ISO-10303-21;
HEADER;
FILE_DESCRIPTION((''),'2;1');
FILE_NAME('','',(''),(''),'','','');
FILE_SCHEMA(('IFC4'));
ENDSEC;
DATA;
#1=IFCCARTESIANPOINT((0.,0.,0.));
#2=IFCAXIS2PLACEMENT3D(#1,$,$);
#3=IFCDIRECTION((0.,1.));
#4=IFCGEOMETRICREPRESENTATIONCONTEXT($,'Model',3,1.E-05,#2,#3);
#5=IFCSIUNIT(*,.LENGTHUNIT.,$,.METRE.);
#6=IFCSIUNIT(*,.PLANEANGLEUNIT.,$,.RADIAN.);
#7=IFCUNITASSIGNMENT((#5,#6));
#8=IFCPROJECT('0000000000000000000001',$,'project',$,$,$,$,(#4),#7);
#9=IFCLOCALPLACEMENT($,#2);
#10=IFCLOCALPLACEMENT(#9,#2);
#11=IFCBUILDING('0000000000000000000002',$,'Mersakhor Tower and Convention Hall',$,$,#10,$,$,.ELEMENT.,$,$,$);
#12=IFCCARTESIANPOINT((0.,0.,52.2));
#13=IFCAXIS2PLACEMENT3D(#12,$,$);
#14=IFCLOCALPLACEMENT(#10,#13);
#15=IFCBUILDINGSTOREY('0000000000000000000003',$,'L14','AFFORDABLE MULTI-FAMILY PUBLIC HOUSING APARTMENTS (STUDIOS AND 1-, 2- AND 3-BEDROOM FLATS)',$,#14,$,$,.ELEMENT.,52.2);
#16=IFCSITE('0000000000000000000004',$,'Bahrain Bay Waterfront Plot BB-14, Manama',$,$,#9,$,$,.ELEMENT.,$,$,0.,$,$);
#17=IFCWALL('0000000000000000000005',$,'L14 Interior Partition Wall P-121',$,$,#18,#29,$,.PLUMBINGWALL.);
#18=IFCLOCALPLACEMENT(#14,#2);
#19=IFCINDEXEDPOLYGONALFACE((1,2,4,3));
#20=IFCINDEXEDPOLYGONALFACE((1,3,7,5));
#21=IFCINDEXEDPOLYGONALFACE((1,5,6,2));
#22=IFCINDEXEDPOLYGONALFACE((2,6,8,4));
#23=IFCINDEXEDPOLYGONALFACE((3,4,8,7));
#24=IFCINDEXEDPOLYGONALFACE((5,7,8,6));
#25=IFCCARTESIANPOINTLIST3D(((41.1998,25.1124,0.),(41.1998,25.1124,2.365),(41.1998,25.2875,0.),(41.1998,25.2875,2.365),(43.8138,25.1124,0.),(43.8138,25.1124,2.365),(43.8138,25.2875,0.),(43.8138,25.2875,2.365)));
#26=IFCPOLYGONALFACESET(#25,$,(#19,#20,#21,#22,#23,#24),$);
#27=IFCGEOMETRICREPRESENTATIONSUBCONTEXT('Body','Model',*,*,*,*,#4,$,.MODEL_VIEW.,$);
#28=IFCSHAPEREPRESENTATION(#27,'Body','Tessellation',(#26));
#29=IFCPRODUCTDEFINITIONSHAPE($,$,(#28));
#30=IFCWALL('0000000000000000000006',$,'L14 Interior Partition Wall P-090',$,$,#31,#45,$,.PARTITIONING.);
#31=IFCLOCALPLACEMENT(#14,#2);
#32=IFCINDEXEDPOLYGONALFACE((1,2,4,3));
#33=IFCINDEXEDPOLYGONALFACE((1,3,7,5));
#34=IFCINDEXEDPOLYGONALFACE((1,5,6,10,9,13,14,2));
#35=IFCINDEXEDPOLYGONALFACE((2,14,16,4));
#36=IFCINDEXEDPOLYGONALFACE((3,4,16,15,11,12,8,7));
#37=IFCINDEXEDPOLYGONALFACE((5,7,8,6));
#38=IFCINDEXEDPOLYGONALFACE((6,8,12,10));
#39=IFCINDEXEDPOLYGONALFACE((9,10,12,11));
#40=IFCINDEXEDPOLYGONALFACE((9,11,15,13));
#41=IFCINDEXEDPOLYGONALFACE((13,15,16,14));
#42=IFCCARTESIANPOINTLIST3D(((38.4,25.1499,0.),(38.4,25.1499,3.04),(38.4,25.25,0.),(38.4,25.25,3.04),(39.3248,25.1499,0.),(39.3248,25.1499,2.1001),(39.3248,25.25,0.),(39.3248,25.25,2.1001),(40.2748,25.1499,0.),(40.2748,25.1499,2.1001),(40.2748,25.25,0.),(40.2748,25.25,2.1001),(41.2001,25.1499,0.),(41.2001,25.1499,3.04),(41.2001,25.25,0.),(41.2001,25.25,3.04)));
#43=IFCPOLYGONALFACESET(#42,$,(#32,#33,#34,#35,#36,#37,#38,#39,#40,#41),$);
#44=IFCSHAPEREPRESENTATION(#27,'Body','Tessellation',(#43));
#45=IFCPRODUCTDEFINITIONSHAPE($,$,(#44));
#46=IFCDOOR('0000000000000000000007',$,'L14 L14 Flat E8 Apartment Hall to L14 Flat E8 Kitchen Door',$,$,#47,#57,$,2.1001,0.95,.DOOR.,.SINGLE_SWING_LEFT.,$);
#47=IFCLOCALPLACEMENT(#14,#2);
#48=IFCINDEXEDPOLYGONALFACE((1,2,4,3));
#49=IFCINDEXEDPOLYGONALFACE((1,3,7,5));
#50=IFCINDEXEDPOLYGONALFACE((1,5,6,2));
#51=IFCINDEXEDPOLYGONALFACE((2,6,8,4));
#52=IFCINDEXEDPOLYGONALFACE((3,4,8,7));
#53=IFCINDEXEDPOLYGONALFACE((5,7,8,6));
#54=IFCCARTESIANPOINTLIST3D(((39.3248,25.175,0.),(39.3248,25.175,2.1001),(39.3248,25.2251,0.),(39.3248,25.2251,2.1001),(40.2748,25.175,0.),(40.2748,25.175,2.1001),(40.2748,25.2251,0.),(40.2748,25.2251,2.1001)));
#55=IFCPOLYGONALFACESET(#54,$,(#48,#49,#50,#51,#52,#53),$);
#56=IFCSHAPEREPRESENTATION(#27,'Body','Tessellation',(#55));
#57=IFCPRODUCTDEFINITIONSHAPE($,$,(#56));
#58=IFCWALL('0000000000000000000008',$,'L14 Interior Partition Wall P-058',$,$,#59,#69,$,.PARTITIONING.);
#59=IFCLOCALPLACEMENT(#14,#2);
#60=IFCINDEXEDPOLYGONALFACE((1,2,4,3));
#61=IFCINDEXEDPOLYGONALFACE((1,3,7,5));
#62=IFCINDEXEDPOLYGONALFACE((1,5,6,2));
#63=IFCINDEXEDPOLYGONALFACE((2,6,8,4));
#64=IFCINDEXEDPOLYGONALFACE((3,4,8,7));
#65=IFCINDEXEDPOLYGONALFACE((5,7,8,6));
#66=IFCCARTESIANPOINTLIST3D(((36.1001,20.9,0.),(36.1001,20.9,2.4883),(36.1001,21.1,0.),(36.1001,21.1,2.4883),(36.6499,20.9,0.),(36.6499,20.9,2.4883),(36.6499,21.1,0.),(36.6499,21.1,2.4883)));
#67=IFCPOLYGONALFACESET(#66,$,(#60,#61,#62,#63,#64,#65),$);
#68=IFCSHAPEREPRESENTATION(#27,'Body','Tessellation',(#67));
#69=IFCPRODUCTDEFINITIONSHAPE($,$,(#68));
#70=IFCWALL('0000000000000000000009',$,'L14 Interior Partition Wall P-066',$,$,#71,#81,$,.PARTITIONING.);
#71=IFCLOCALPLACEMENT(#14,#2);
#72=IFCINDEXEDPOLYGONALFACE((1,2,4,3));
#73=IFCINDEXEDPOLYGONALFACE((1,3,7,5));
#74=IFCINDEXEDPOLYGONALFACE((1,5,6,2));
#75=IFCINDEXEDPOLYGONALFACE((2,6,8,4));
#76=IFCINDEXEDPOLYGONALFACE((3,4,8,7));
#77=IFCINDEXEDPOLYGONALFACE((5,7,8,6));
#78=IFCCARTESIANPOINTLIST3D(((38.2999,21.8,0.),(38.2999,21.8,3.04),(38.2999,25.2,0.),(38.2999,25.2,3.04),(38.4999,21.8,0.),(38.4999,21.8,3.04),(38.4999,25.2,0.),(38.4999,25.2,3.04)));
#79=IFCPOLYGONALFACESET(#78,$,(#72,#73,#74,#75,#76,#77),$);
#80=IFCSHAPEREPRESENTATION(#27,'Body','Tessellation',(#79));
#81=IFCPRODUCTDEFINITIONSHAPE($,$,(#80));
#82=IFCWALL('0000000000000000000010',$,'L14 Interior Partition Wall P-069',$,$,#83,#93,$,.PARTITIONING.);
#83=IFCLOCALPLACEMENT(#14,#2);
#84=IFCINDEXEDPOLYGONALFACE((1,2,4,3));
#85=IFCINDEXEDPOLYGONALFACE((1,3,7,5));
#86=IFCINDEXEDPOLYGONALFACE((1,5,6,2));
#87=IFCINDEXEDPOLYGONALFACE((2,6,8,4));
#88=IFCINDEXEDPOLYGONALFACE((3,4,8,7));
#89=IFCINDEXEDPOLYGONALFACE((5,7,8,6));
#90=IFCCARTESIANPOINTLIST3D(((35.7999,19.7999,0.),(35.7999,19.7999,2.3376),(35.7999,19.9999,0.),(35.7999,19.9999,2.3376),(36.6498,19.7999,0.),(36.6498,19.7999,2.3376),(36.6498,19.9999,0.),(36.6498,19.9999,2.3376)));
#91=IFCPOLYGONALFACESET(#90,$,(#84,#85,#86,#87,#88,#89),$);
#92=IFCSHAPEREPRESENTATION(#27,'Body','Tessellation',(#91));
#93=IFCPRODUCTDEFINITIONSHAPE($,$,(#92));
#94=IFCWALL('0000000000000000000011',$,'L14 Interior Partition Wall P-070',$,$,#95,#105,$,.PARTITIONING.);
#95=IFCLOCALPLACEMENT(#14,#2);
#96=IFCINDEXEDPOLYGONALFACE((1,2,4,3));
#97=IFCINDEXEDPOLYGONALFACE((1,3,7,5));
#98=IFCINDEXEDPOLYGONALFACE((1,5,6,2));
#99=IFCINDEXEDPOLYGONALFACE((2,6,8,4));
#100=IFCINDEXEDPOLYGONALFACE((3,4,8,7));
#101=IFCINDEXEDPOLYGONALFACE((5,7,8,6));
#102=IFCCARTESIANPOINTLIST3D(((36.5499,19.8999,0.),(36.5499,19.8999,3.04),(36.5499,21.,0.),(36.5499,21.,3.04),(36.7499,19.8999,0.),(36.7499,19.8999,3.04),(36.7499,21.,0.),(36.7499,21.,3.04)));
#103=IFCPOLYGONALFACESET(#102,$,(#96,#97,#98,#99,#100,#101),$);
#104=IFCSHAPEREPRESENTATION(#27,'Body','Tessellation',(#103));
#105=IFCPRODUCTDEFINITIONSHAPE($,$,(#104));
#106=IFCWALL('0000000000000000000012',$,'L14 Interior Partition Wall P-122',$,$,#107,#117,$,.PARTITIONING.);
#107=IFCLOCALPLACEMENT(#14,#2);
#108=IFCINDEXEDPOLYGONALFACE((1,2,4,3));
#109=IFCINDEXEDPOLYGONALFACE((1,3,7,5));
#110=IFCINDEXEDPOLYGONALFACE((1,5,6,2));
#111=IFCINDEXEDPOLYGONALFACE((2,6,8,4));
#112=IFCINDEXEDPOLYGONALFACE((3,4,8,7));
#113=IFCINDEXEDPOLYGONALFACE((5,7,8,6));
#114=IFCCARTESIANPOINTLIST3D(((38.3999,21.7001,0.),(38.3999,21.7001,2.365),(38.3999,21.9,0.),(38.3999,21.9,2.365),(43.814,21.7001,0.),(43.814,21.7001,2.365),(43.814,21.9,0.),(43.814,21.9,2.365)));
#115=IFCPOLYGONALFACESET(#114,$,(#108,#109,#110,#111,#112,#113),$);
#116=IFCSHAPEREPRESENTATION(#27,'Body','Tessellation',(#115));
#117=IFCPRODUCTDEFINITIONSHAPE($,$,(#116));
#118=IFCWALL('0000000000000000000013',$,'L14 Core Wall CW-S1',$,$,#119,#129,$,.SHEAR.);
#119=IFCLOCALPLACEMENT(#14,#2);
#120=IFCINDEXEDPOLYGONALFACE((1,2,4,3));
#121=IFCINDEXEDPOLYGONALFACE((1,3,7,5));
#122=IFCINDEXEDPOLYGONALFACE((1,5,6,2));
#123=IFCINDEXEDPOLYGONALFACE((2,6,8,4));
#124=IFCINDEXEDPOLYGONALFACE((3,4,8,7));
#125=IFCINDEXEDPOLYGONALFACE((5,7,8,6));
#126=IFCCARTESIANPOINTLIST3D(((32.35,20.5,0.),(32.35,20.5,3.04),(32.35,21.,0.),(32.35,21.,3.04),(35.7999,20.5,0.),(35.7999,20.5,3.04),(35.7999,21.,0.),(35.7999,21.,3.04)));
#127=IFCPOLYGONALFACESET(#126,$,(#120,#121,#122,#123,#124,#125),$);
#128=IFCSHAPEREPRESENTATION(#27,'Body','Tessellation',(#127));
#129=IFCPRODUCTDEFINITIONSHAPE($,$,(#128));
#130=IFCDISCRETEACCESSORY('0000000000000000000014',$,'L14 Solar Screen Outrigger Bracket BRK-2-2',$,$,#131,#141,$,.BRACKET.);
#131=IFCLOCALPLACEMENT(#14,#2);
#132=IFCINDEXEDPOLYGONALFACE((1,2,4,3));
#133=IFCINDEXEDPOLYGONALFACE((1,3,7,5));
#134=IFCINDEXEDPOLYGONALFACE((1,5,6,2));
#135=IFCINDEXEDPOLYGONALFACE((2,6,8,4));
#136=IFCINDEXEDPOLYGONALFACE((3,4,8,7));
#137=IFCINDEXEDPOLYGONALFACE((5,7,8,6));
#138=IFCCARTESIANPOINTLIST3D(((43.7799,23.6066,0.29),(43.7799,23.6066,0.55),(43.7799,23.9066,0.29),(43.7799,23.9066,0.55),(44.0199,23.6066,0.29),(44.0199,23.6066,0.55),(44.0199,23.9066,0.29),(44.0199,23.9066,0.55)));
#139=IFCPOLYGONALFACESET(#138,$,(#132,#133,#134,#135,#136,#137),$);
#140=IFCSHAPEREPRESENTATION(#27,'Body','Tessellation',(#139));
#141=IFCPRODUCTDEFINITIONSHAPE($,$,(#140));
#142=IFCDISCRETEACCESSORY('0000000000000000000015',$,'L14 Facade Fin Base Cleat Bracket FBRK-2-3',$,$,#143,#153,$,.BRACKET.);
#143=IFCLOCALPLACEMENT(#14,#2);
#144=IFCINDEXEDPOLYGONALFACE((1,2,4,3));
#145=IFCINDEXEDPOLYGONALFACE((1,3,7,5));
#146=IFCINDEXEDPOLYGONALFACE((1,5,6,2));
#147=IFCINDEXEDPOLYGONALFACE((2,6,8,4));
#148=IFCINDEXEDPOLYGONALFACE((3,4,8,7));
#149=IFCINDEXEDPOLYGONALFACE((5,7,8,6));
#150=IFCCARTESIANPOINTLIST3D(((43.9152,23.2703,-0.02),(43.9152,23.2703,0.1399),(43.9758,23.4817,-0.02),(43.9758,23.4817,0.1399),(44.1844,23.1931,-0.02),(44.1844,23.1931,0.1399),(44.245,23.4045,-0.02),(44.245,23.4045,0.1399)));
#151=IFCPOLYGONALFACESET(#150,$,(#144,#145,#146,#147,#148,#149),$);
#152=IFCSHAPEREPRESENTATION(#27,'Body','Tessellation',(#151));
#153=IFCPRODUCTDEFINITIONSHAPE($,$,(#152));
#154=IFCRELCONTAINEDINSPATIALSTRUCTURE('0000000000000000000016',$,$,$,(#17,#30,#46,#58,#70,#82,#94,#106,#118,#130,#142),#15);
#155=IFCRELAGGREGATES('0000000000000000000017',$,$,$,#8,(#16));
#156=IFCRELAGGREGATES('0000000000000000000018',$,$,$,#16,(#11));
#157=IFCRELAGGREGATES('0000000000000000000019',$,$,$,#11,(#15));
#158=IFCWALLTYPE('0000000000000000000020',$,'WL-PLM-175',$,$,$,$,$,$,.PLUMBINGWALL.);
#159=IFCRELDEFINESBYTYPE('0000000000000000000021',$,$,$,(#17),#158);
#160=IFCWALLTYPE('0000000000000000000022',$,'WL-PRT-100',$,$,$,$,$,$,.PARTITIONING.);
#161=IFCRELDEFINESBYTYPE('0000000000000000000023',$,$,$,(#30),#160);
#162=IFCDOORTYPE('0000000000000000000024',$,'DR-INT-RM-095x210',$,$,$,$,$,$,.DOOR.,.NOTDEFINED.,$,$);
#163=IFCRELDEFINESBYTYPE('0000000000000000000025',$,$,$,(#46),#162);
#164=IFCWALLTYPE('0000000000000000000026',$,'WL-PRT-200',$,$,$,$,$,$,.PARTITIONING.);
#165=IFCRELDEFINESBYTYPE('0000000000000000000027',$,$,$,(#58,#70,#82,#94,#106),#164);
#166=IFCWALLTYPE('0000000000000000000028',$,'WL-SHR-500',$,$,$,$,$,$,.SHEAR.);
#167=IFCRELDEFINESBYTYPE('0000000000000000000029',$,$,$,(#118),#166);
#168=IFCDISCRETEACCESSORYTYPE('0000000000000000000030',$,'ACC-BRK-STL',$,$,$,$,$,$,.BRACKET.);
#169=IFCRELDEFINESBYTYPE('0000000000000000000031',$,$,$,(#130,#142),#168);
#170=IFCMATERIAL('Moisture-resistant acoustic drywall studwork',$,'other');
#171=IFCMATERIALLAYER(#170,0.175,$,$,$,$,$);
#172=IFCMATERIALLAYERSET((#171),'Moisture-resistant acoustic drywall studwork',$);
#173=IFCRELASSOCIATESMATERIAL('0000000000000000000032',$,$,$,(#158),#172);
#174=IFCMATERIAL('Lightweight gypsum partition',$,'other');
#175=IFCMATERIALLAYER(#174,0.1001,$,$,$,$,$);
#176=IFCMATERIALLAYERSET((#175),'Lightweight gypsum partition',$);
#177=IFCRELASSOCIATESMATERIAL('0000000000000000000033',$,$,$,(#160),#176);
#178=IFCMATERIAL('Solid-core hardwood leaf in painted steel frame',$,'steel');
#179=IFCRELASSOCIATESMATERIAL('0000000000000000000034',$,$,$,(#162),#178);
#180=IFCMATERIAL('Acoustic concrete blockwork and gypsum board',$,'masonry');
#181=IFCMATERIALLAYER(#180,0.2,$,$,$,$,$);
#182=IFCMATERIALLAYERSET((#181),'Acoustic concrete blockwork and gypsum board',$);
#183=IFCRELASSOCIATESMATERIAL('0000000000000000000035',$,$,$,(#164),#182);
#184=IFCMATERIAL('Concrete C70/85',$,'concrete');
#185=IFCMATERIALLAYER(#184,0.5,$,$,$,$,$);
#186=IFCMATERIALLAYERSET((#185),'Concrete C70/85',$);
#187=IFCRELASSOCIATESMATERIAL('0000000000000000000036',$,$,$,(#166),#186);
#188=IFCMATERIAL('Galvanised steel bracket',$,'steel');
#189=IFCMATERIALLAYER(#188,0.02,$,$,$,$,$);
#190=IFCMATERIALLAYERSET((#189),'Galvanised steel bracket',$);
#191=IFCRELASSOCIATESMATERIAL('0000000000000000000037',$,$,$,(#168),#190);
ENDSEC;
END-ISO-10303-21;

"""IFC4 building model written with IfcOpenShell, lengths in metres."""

from ifc_helpers import new_model, si_unit, direction, frame, frame_2d, origin, origin_2d, place, context, subcontext, project, spatial, rectangle, extrude, material, layer, layer_set, type_object, element, fill, save


model = new_model("IFC4")

# Units and contexts
model_context = context("Model", 3, precision=1e-05, world=origin(), true_north=direction((0.0, 1.0)))
body_context = subcontext(model_context, "Body", "Model", "MODEL_VIEW")
ifc_project = project(units=[si_unit("LENGTHUNIT", "METRE"), si_unit("PLANEANGLEUNIT", "RADIAN")], contexts=[model_context])

# Site, building, storey
site_placement = place(None, origin())
site = spatial("IfcSite", under=ifc_project, at=site_placement, Name="Bahrain Bay Waterfront Plot BB-14, Manama", CompositionType="ELEMENT", RefElevation=0.0)
building_placement = place(site_placement, origin())
building = spatial("IfcBuilding", under=site, at=building_placement, Name="Mersakhor Tower and Convention Hall", CompositionType="ELEMENT")
storey_placement = place(building_placement, frame((0.0, 0.0, 52.2)))
storey = spatial("IfcBuildingStorey", under=building, at=storey_placement, Name="L14", Description="AFFORDABLE MULTI-FAMILY PUBLIC HOUSING APARTMENTS (STUDIOS AND 1-, 2- AND 3-BEDROOM FLATS)", CompositionType="ELEMENT", Elevation=52.2)

# Wall
ifc_material_1 = material(Name="Moisture-resistant acoustic drywall studwork", Category="other")
ifc_layer_1 = layer(ifc_material_1, 0.175)
ifc_layer_set_1 = layer_set([ifc_layer_1], Name="Moisture-resistant acoustic drywall studwork")
wall_type_1 = type_object("IfcWallType", Name="WL-PLM-175", PredefinedType="PLUMBINGWALL", material=ifc_layer_set_1)
wall_1_placement = place(storey_placement, frame((43.814, 25.2, 0.0), z_axis=(0.0, 0.0, 1.0), x_axis=(-1.0, 0.0, 0.0)))
element("IfcWall", 1, at=wall_1_placement, inside=storey, type_object=wall_type_1, Name="L14 Interior Partition Wall P-121", PredefinedType="PLUMBINGWALL", context=body_context, shape_type="SweptSolid", body=[
    extrude(rectangle(XDim=2.614, YDim=0.175, at=frame_2d((1.3071, 0.0))), origin(), (0.0, 0.0, 1.0), 2.365),
])

# Wall, opening, door
ifc_material_2 = material(Name="Lightweight gypsum partition", Category="other")
ifc_layer_2 = layer(ifc_material_2, 0.1001)
ifc_layer_set_2 = layer_set([ifc_layer_2], Name="Lightweight gypsum partition")
wall_type_2 = type_object("IfcWallType", Name="WL-PRT-100", PredefinedType="PARTITIONING", material=ifc_layer_set_2)
wall_2_placement = place(storey_placement, frame((41.2, 25.2, 0.0), z_axis=(0.0, 0.0, 1.0), x_axis=(-1.0, 0.0, 0.0)))
wall_2 = element("IfcWall", 2, at=wall_2_placement, inside=storey, type_object=wall_type_2, Name="L14 Interior Partition Wall P-090", PredefinedType="PARTITIONING", context=body_context, shape_type="SweptSolid", body=[
    extrude(rectangle(XDim=2.8, YDim=0.1001, at=frame_2d((1.3999, 0.0))), origin(), (0.0, 0.0, 1.0), 3.04),
])
opening_1_placement = place(wall_2_placement, frame((0.925, 0.0, 0.0)))
opening_1 = element("IfcOpeningElement", 3, at=opening_1_placement, cuts=wall_2, PredefinedType="OPENING", context=body_context, shape_type="SweptSolid", body=[
    extrude(rectangle(XDim=0.95, YDim=2.1001, at=frame_2d((0.4751, 1.05))), frame((0.0, 0.0601, 0.0), z_axis=(0.0, -1.0, 0.0), x_axis=(1.0, 0.0, 0.0)), (0.0, 0.0, 1.0), 0.1201),
])
ifc_material_3 = material(Name="Solid-core hardwood leaf in painted steel frame", Category="steel")
door_type_1 = type_object("IfcDoorType", Name="DR-INT-RM-095x210", OperationType="NOTDEFINED", PredefinedType="DOOR", material=ifc_material_3)
door_1_placement = place(opening_1_placement, origin())
door_1 = element("IfcDoor", 4, at=door_1_placement, inside=storey, type_object=door_type_1, Name="L14 L14 Flat E8 Apartment Hall to L14 Flat E8 Kitchen Door", OperationType="SINGLE_SWING_LEFT", OverallHeight=2.1001, OverallWidth=0.95, PredefinedType="DOOR", context=body_context, shape_type="SweptSolid", body=[
    extrude(rectangle(XDim=0.95, YDim=2.1001, at=frame_2d((0.4751, 1.05))), frame((0.0, 0.0249, 0.0), z_axis=(0.0, -1.0, 0.0), x_axis=(1.0, 0.0, 0.0)), (0.0, 0.0, 1.0), 0.05),
])
fill(opening_1, door_1)
ifc_material_4 = material(Name="Acoustic concrete blockwork and gypsum board", Category="masonry")
ifc_layer_3 = layer(ifc_material_4, 0.2)
ifc_layer_set_3 = layer_set([ifc_layer_3], Name="Acoustic concrete blockwork and gypsum board")
wall_type_3 = type_object("IfcWallType", Name="WL-PRT-200", PredefinedType="PARTITIONING", material=ifc_layer_set_3)

# Walls
wall_3_placement = place(storey_placement, frame((36.6499, 21.0, 0.0), z_axis=(0.0, 0.0, 1.0), x_axis=(-1.0, 0.0, 0.0)))
element("IfcWall", 5, at=wall_3_placement, inside=storey, type_object=wall_type_3, Name="L14 Interior Partition Wall P-058", PredefinedType="PARTITIONING", context=body_context, shape_type="SweptSolid", body=[
    extrude(rectangle(XDim=0.5498, YDim=0.2, at=frame_2d((0.2749, 0.0))), origin(), (0.0, 0.0, 1.0), 2.4883),
])
wall_4_placement = place(storey_placement, frame((38.3999, 25.2, 0.0), z_axis=(0.0, 0.0, 1.0), x_axis=(0.0, -1.0, 0.0)))
element("IfcWall", 6, at=wall_4_placement, inside=storey, type_object=wall_type_3, Name="L14 Interior Partition Wall P-066", PredefinedType="PARTITIONING", context=body_context, shape_type="SweptSolid", body=[
    extrude(rectangle(XDim=3.3999, YDim=0.2, at=frame_2d((1.7, 0.0))), origin(), (0.0, 0.0, 1.0), 3.04),
])

# Walls
wall_5_placement = place(storey_placement, frame((35.8, 19.8999, 0.0), z_axis=(0.0, 0.0, 1.0), x_axis=(1.0, 0.0, 0.0)))
element("IfcWall", 7, at=wall_5_placement, inside=storey, type_object=wall_type_3, Name="L14 Interior Partition Wall P-069", PredefinedType="PARTITIONING", context=body_context, shape_type="SweptSolid", body=[
    extrude(rectangle(XDim=0.8499, YDim=0.2, at=frame_2d((0.4248, 0.0))), origin(), (0.0, 0.0, 1.0), 2.3376),
])
wall_6_placement = place(storey_placement, frame((36.6499, 19.8999, 0.0), z_axis=(0.0, 0.0, 1.0), x_axis=(0.0, 1.0, 0.0)))
element("IfcWall", 8, at=wall_6_placement, inside=storey, type_object=wall_type_3, Name="L14 Interior Partition Wall P-070", PredefinedType="PARTITIONING", context=body_context, shape_type="SweptSolid", body=[
    extrude(rectangle(XDim=1.1001, YDim=0.2, at=frame_2d((0.55, 0.0))), origin(), (0.0, 0.0, 1.0), 3.04),
])
wall_7_placement = place(storey_placement, frame((43.814, 21.8, 0.0), z_axis=(0.0, 0.0, 1.0), x_axis=(-1.0, 0.0, 0.0)))
element("IfcWall", 9, at=wall_7_placement, inside=storey, type_object=wall_type_3, Name="L14 Interior Partition Wall P-122", PredefinedType="PARTITIONING", context=body_context, shape_type="SweptSolid", body=[
    extrude(rectangle(XDim=5.4141, YDim=0.2, at=frame_2d((2.707, 0.0))), origin(), (0.0, 0.0, 1.0), 2.365),
])
ifc_material_5 = material(Name="Concrete C70/85", Category="concrete")
ifc_layer_4 = layer(ifc_material_5, 0.5)
ifc_layer_set_4 = layer_set([ifc_layer_4], Name="Concrete C70/85")
wall_type_4 = type_object("IfcWallType", Name="WL-SHR-500", PredefinedType="SHEAR", material=ifc_layer_set_4)
wall_8_placement = place(storey_placement, frame((35.8, 20.75, 0.0), z_axis=(0.0, 0.0, 1.0), x_axis=(-1.0, 0.0, 0.0)))
element("IfcWall", 10, at=wall_8_placement, inside=storey, type_object=wall_type_4, Name="L14 Core Wall CW-S1", PredefinedType="SHEAR", context=body_context, shape_type="SweptSolid", body=[
    extrude(rectangle(XDim=3.45, YDim=0.5, at=frame_2d((1.7251, 0.0))), origin(), (0.0, 0.0, 1.0), 3.04),
])

# Discrete accessories
ifc_material_6 = material(Name="Galvanised steel bracket", Category="steel")
ifc_layer_5 = layer(ifc_material_6, 0.02)
ifc_layer_set_5 = layer_set([ifc_layer_5], Name="Galvanised steel bracket")
discrete_accessory_type = type_object("IfcDiscreteAccessoryType", Name="ACC-BRK-STL", PredefinedType="BRACKET", material=ifc_layer_set_5)
discrete_accessory_1_placement = place(storey_placement, frame((43.8999, 23.7566, 0.29), z_axis=(0.0, 0.0, 1.0), x_axis=(0.0, -1.0, 0.0)))
element("IfcDiscreteAccessory", 11, at=discrete_accessory_1_placement, inside=storey, type_object=discrete_accessory_type, Name="L14 Solar Screen Outrigger Bracket BRK-2-2", PredefinedType="BRACKET", context=body_context, shape_type="SweptSolid", body=[
    extrude(rectangle(XDim=0.3, YDim=0.24, at=origin_2d()), origin(), (0.0, 0.0, 1.0), 0.26),
])
discrete_accessory_2_placement = place(storey_placement, frame((44.0801, 23.3374, -0.02), z_axis=(0.0, 0.0, 1.0), x_axis=(0.961262, -0.275637, 0.0)))
element("IfcDiscreteAccessory", 12, at=discrete_accessory_2_placement, inside=storey, type_object=discrete_accessory_type, Name="L14 Facade Fin Base Cleat Bracket FBRK-2-3", PredefinedType="BRACKET", context=body_context, shape_type="SweptSolid", body=[
    extrude(rectangle(XDim=0.28, YDim=0.22, at=origin_2d()), origin(), (0.0, 0.0, 1.0), 0.1599),
])

save(model, "model.ifc")
